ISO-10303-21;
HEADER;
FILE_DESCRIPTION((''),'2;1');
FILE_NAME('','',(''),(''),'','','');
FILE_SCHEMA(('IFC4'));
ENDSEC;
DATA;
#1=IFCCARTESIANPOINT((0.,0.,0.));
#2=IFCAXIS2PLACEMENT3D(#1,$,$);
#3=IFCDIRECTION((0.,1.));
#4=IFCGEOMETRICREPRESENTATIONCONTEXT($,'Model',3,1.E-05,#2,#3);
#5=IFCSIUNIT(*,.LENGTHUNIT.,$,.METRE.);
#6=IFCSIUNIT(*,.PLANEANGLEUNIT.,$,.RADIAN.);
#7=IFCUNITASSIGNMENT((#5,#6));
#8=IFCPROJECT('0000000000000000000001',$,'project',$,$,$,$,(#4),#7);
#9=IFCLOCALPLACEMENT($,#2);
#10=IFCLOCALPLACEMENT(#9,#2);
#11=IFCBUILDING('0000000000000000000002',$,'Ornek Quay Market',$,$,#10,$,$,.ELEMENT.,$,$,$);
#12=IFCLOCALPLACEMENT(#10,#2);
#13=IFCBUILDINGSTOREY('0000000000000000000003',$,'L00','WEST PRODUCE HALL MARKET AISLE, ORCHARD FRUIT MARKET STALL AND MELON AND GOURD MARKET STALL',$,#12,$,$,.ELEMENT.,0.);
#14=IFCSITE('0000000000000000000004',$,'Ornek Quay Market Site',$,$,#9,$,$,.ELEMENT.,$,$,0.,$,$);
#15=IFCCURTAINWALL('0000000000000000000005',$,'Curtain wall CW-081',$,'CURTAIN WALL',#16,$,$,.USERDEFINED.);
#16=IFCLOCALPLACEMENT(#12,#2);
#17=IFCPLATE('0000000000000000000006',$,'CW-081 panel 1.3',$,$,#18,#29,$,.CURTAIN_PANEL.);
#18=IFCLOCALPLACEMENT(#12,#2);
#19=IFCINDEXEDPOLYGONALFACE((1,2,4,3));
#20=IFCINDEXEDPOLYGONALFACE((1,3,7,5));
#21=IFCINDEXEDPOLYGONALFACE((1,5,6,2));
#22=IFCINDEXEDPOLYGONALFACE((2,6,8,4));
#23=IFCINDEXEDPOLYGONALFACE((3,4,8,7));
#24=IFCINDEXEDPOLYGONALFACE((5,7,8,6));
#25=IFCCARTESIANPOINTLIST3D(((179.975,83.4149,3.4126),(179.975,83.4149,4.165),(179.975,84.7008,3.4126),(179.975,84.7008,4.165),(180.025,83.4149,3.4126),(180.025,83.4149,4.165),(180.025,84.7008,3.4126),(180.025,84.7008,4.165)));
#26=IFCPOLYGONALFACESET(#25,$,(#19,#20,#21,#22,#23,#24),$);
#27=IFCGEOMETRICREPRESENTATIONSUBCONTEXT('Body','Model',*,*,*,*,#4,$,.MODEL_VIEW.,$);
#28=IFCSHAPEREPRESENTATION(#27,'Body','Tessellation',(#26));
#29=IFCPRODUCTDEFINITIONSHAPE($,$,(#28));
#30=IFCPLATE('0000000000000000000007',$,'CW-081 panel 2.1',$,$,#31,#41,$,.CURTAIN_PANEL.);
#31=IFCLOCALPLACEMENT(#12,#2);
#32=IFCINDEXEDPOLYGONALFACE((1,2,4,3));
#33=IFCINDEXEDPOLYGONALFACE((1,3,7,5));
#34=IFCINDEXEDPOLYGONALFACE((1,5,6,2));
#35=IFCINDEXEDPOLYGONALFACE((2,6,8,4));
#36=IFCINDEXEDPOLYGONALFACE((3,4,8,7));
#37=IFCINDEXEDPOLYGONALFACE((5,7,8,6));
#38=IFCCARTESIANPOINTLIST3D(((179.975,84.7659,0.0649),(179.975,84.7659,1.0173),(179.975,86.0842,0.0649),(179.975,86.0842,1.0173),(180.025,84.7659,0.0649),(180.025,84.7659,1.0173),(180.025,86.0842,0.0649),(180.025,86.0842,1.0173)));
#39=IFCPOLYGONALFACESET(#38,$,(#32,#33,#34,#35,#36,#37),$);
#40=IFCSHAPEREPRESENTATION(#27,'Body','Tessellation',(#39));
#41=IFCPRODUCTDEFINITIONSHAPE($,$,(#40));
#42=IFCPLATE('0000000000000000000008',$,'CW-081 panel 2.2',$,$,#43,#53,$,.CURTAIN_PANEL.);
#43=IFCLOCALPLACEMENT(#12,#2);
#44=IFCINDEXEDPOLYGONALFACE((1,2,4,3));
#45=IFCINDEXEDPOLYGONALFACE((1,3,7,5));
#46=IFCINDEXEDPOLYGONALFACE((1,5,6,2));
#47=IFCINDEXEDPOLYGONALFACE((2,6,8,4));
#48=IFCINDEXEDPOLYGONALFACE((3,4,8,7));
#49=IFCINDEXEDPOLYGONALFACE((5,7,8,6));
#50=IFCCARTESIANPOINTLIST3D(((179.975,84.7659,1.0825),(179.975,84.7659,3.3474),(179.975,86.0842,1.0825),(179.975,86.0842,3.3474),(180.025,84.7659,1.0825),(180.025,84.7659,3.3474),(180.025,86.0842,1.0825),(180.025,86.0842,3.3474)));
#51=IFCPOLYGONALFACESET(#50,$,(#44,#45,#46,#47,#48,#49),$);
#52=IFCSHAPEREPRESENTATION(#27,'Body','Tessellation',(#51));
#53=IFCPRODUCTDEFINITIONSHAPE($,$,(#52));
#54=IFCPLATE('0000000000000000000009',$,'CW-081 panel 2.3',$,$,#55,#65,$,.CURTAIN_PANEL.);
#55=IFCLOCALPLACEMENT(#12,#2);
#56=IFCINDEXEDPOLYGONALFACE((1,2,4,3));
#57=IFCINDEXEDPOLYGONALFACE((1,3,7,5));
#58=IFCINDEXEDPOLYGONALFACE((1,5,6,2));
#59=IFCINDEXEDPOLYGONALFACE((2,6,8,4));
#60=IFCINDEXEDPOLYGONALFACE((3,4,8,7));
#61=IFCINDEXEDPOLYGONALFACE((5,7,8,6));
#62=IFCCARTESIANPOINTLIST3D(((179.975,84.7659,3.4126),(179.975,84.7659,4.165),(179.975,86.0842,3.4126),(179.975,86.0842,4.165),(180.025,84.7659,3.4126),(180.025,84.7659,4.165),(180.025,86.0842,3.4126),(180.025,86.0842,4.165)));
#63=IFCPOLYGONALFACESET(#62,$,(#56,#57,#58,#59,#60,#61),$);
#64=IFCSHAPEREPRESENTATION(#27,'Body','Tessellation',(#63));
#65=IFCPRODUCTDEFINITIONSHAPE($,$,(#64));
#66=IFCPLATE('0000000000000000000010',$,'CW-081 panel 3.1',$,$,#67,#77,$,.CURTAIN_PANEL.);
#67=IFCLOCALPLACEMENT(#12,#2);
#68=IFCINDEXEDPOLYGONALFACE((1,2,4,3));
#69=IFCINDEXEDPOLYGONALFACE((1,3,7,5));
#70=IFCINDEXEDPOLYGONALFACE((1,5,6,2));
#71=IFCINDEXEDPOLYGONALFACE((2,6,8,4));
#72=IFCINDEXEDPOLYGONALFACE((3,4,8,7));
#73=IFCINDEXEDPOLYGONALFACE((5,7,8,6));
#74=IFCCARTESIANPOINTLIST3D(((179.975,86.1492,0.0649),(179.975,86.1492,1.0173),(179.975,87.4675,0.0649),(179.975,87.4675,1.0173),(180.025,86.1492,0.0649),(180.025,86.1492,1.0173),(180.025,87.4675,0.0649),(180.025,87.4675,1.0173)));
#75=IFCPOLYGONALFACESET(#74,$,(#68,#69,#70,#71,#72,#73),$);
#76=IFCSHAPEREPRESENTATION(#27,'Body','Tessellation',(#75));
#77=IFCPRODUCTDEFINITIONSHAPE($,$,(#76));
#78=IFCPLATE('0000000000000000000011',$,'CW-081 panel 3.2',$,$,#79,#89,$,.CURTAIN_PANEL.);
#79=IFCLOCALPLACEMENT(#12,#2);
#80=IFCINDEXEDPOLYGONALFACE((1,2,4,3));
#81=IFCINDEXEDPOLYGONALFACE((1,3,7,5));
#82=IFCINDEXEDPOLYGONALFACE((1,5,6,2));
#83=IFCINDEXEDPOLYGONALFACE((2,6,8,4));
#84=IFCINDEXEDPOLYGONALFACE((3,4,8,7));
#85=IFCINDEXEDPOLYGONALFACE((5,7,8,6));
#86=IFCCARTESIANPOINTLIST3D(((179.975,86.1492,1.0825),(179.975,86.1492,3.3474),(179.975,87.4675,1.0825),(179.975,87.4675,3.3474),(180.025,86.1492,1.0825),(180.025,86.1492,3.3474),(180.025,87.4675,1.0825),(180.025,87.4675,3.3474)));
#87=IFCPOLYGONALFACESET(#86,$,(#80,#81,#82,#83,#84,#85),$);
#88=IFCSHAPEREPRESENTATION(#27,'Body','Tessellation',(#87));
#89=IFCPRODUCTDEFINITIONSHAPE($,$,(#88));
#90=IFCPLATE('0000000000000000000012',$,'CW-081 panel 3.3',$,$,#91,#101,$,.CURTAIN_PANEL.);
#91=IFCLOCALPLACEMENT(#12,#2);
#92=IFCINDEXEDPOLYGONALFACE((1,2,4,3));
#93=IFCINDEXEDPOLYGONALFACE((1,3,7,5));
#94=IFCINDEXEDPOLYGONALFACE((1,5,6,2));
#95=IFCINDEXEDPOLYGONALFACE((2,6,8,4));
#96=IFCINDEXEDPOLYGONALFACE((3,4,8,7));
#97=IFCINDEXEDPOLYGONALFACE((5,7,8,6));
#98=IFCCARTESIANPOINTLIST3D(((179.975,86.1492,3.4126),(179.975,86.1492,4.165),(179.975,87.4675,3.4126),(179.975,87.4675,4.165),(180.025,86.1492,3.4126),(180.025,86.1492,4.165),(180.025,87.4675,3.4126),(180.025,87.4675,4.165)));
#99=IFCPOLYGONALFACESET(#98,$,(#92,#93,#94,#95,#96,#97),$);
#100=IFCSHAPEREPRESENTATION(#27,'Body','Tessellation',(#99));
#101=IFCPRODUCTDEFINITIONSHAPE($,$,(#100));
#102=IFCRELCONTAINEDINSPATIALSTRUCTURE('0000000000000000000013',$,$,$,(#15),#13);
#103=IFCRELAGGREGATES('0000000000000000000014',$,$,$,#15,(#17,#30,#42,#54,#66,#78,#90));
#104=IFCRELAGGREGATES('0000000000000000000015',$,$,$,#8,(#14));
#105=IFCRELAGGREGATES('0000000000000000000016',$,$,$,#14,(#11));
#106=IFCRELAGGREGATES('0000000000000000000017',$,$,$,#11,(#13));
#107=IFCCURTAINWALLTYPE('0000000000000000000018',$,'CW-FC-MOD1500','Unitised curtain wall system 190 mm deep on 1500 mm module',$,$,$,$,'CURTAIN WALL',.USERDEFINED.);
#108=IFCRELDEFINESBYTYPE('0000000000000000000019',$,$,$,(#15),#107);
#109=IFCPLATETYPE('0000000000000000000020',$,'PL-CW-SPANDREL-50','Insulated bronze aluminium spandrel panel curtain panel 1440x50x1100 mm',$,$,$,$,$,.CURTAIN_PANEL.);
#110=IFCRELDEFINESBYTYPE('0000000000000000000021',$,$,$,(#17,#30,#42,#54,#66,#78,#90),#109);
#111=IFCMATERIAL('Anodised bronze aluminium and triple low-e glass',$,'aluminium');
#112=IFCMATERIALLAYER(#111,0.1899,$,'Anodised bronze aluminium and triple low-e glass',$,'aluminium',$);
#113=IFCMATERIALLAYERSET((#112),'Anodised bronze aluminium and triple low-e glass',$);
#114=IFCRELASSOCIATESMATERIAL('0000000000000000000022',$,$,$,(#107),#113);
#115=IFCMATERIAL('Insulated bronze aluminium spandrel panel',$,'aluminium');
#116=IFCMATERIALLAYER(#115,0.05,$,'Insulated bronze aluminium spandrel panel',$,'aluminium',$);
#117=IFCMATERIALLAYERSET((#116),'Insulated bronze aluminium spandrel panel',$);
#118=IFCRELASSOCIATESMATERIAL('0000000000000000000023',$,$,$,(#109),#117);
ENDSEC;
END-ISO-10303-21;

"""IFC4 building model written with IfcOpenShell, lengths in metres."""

from ifc_helpers import new_model, si_unit, direction, frame, origin, origin_2d, place, context, subcontext, project, spatial, rectangle, extrude, material, layer, layer_set, type_object, element, aggregate, save


model = new_model("IFC4")

# Units and contexts
model_context = context("Model", 3, precision=1e-05, world=origin(), true_north=direction((0.0, 1.0)))
body_context = subcontext(model_context, "Body", "Model", "MODEL_VIEW")
ifc_project = project(units=[si_unit("LENGTHUNIT", "METRE"), si_unit("PLANEANGLEUNIT", "RADIAN")], contexts=[model_context])

# Site, building, storey
site_placement = place(None, origin())
site = spatial("IfcSite", under=ifc_project, at=site_placement, Name="Ornek Quay Market Site", CompositionType="ELEMENT", RefElevation=0.0)
building_placement = place(site_placement, origin())
building = spatial("IfcBuilding", under=site, at=building_placement, Name="Ornek Quay Market", CompositionType="ELEMENT")
storey_placement = place(building_placement, origin())
storey = spatial("IfcBuildingStorey", under=building, at=storey_placement, Name="L00", Description="WEST PRODUCE HALL MARKET AISLE, ORCHARD FRUIT MARKET STALL AND MELON AND GOURD MARKET STALL", CompositionType="ELEMENT", Elevation=0.0)

# Curtain wall, plates
ifc_material_1 = material(Name="Anodised bronze aluminium and triple low-e glass", Category="aluminium")
ifc_layer_1 = layer(ifc_material_1, 0.1899, Name="Anodised bronze aluminium and triple low-e glass", Category="aluminium")
ifc_layer_set_1 = layer_set([ifc_layer_1], Name="Anodised bronze aluminium and triple low-e glass")
curtain_wall_type = type_object("IfcCurtainWallType", Name="CW-FC-MOD1500", Description="Unitised curtain wall system 190 mm deep on 1500 mm module", ElementType="CURTAIN WALL", PredefinedType="USERDEFINED", material=ifc_layer_set_1)
curtain_wall_placement = place(storey_placement, origin())
curtain_wall = element("IfcCurtainWall", 1, at=curtain_wall_placement, inside=storey, type_object=curtain_wall_type, Name="Curtain wall CW-081", ObjectType="CURTAIN WALL", PredefinedType="USERDEFINED")
ifc_material_2 = material(Name="Insulated bronze aluminium spandrel panel", Category="aluminium")
ifc_layer_2 = layer(ifc_material_2, 0.05, Name="Insulated bronze aluminium spandrel panel", Category="aluminium")
ifc_layer_set_2 = layer_set([ifc_layer_2], Name="Insulated bronze aluminium spandrel panel")
plate_type = type_object("IfcPlateType", Name="PL-CW-SPANDREL-50", Description="Insulated bronze aluminium spandrel panel curtain panel 1440x50x1100 mm", PredefinedType="CURTAIN_PANEL", material=ifc_layer_set_2)
plate_1_placement = place(storey_placement, frame((180.0, 84.0579, 3.4126), z_axis=(0.0, 0.0, 1.0), x_axis=(0.0, 1.0, 0.0)))
plate_1 = element("IfcPlate", 2, at=plate_1_placement, type_object=plate_type, Name="CW-081 panel 1.3", PredefinedType="CURTAIN_PANEL", context=body_context, shape_type="SweptSolid", body=[
    extrude(rectangle(XDim=1.2859, YDim=0.05, at=origin_2d()), origin(), (0.0, 0.0, 1.0), 0.7524),
])
plate_2_placement = place(storey_placement, frame((180.0, 85.425, 0.0649), z_axis=(0.0, 0.0, 1.0), x_axis=(0.0, 1.0, 0.0)))
plate_2 = element("IfcPlate", 3, at=plate_2_placement, type_object=plate_type, Name="CW-081 panel 2.1", PredefinedType="CURTAIN_PANEL", context=body_context, shape_type="SweptSolid", body=[
    extrude(rectangle(XDim=1.3184, YDim=0.05, at=origin_2d()), origin(), (0.0, 0.0, 1.0), 0.9524),
])
plate_3_placement = place(storey_placement, frame((180.0, 85.425, 1.0825), z_axis=(0.0, 0.0, 1.0), x_axis=(0.0, 1.0, 0.0)))
plate_3 = element("IfcPlate", 4, at=plate_3_placement, type_object=plate_type, Name="CW-081 panel 2.2", PredefinedType="CURTAIN_PANEL", context=body_context, shape_type="SweptSolid", body=[
    extrude(rectangle(XDim=1.3184, YDim=0.05, at=origin_2d()), origin(), (0.0, 0.0, 1.0), 2.2649),
])
plate_4_placement = place(storey_placement, frame((180.0, 85.425, 3.4126), z_axis=(0.0, 0.0, 1.0), x_axis=(0.0, 1.0, 0.0)))
plate_4 = element("IfcPlate", 5, at=plate_4_placement, type_object=plate_type, Name="CW-081 panel 2.3", PredefinedType="CURTAIN_PANEL", context=body_context, shape_type="SweptSolid", body=[
    extrude(rectangle(XDim=1.3184, YDim=0.05, at=origin_2d()), origin(), (0.0, 0.0, 1.0), 0.7524),
])
plate_5_placement = place(storey_placement, frame((180.0, 86.8083, 0.0649), z_axis=(0.0, 0.0, 1.0), x_axis=(0.0, 1.0, 0.0)))
plate_5 = element("IfcPlate", 6, at=plate_5_placement, type_object=plate_type, Name="CW-081 panel 3.1", PredefinedType="CURTAIN_PANEL", context=body_context, shape_type="SweptSolid", body=[
    extrude(rectangle(XDim=1.3184, YDim=0.05, at=origin_2d()), origin(), (0.0, 0.0, 1.0), 0.9524),
])
plate_6_placement = place(storey_placement, frame((180.0, 86.8083, 1.0825), z_axis=(0.0, 0.0, 1.0), x_axis=(0.0, 1.0, 0.0)))
plate_6 = element("IfcPlate", 7, at=plate_6_placement, type_object=plate_type, Name="CW-081 panel 3.2", PredefinedType="CURTAIN_PANEL", context=body_context, shape_type="SweptSolid", body=[
    extrude(rectangle(XDim=1.3184, YDim=0.05, at=origin_2d()), origin(), (0.0, 0.0, 1.0), 2.2649),
])
plate_7_placement = place(storey_placement, frame((180.0, 86.8083, 3.4126), z_axis=(0.0, 0.0, 1.0), x_axis=(0.0, 1.0, 0.0)))
plate_7 = element("IfcPlate", 8, at=plate_7_placement, type_object=plate_type, Name="CW-081 panel 3.3", PredefinedType="CURTAIN_PANEL", context=body_context, shape_type="SweptSolid", body=[
    extrude(rectangle(XDim=1.3184, YDim=0.05, at=origin_2d()), origin(), (0.0, 0.0, 1.0), 0.7524),
])
aggregate(curtain_wall, [plate_1, plate_2, plate_3, plate_4, plate_5, plate_6, plate_7])

save(model, "model.ifc")
